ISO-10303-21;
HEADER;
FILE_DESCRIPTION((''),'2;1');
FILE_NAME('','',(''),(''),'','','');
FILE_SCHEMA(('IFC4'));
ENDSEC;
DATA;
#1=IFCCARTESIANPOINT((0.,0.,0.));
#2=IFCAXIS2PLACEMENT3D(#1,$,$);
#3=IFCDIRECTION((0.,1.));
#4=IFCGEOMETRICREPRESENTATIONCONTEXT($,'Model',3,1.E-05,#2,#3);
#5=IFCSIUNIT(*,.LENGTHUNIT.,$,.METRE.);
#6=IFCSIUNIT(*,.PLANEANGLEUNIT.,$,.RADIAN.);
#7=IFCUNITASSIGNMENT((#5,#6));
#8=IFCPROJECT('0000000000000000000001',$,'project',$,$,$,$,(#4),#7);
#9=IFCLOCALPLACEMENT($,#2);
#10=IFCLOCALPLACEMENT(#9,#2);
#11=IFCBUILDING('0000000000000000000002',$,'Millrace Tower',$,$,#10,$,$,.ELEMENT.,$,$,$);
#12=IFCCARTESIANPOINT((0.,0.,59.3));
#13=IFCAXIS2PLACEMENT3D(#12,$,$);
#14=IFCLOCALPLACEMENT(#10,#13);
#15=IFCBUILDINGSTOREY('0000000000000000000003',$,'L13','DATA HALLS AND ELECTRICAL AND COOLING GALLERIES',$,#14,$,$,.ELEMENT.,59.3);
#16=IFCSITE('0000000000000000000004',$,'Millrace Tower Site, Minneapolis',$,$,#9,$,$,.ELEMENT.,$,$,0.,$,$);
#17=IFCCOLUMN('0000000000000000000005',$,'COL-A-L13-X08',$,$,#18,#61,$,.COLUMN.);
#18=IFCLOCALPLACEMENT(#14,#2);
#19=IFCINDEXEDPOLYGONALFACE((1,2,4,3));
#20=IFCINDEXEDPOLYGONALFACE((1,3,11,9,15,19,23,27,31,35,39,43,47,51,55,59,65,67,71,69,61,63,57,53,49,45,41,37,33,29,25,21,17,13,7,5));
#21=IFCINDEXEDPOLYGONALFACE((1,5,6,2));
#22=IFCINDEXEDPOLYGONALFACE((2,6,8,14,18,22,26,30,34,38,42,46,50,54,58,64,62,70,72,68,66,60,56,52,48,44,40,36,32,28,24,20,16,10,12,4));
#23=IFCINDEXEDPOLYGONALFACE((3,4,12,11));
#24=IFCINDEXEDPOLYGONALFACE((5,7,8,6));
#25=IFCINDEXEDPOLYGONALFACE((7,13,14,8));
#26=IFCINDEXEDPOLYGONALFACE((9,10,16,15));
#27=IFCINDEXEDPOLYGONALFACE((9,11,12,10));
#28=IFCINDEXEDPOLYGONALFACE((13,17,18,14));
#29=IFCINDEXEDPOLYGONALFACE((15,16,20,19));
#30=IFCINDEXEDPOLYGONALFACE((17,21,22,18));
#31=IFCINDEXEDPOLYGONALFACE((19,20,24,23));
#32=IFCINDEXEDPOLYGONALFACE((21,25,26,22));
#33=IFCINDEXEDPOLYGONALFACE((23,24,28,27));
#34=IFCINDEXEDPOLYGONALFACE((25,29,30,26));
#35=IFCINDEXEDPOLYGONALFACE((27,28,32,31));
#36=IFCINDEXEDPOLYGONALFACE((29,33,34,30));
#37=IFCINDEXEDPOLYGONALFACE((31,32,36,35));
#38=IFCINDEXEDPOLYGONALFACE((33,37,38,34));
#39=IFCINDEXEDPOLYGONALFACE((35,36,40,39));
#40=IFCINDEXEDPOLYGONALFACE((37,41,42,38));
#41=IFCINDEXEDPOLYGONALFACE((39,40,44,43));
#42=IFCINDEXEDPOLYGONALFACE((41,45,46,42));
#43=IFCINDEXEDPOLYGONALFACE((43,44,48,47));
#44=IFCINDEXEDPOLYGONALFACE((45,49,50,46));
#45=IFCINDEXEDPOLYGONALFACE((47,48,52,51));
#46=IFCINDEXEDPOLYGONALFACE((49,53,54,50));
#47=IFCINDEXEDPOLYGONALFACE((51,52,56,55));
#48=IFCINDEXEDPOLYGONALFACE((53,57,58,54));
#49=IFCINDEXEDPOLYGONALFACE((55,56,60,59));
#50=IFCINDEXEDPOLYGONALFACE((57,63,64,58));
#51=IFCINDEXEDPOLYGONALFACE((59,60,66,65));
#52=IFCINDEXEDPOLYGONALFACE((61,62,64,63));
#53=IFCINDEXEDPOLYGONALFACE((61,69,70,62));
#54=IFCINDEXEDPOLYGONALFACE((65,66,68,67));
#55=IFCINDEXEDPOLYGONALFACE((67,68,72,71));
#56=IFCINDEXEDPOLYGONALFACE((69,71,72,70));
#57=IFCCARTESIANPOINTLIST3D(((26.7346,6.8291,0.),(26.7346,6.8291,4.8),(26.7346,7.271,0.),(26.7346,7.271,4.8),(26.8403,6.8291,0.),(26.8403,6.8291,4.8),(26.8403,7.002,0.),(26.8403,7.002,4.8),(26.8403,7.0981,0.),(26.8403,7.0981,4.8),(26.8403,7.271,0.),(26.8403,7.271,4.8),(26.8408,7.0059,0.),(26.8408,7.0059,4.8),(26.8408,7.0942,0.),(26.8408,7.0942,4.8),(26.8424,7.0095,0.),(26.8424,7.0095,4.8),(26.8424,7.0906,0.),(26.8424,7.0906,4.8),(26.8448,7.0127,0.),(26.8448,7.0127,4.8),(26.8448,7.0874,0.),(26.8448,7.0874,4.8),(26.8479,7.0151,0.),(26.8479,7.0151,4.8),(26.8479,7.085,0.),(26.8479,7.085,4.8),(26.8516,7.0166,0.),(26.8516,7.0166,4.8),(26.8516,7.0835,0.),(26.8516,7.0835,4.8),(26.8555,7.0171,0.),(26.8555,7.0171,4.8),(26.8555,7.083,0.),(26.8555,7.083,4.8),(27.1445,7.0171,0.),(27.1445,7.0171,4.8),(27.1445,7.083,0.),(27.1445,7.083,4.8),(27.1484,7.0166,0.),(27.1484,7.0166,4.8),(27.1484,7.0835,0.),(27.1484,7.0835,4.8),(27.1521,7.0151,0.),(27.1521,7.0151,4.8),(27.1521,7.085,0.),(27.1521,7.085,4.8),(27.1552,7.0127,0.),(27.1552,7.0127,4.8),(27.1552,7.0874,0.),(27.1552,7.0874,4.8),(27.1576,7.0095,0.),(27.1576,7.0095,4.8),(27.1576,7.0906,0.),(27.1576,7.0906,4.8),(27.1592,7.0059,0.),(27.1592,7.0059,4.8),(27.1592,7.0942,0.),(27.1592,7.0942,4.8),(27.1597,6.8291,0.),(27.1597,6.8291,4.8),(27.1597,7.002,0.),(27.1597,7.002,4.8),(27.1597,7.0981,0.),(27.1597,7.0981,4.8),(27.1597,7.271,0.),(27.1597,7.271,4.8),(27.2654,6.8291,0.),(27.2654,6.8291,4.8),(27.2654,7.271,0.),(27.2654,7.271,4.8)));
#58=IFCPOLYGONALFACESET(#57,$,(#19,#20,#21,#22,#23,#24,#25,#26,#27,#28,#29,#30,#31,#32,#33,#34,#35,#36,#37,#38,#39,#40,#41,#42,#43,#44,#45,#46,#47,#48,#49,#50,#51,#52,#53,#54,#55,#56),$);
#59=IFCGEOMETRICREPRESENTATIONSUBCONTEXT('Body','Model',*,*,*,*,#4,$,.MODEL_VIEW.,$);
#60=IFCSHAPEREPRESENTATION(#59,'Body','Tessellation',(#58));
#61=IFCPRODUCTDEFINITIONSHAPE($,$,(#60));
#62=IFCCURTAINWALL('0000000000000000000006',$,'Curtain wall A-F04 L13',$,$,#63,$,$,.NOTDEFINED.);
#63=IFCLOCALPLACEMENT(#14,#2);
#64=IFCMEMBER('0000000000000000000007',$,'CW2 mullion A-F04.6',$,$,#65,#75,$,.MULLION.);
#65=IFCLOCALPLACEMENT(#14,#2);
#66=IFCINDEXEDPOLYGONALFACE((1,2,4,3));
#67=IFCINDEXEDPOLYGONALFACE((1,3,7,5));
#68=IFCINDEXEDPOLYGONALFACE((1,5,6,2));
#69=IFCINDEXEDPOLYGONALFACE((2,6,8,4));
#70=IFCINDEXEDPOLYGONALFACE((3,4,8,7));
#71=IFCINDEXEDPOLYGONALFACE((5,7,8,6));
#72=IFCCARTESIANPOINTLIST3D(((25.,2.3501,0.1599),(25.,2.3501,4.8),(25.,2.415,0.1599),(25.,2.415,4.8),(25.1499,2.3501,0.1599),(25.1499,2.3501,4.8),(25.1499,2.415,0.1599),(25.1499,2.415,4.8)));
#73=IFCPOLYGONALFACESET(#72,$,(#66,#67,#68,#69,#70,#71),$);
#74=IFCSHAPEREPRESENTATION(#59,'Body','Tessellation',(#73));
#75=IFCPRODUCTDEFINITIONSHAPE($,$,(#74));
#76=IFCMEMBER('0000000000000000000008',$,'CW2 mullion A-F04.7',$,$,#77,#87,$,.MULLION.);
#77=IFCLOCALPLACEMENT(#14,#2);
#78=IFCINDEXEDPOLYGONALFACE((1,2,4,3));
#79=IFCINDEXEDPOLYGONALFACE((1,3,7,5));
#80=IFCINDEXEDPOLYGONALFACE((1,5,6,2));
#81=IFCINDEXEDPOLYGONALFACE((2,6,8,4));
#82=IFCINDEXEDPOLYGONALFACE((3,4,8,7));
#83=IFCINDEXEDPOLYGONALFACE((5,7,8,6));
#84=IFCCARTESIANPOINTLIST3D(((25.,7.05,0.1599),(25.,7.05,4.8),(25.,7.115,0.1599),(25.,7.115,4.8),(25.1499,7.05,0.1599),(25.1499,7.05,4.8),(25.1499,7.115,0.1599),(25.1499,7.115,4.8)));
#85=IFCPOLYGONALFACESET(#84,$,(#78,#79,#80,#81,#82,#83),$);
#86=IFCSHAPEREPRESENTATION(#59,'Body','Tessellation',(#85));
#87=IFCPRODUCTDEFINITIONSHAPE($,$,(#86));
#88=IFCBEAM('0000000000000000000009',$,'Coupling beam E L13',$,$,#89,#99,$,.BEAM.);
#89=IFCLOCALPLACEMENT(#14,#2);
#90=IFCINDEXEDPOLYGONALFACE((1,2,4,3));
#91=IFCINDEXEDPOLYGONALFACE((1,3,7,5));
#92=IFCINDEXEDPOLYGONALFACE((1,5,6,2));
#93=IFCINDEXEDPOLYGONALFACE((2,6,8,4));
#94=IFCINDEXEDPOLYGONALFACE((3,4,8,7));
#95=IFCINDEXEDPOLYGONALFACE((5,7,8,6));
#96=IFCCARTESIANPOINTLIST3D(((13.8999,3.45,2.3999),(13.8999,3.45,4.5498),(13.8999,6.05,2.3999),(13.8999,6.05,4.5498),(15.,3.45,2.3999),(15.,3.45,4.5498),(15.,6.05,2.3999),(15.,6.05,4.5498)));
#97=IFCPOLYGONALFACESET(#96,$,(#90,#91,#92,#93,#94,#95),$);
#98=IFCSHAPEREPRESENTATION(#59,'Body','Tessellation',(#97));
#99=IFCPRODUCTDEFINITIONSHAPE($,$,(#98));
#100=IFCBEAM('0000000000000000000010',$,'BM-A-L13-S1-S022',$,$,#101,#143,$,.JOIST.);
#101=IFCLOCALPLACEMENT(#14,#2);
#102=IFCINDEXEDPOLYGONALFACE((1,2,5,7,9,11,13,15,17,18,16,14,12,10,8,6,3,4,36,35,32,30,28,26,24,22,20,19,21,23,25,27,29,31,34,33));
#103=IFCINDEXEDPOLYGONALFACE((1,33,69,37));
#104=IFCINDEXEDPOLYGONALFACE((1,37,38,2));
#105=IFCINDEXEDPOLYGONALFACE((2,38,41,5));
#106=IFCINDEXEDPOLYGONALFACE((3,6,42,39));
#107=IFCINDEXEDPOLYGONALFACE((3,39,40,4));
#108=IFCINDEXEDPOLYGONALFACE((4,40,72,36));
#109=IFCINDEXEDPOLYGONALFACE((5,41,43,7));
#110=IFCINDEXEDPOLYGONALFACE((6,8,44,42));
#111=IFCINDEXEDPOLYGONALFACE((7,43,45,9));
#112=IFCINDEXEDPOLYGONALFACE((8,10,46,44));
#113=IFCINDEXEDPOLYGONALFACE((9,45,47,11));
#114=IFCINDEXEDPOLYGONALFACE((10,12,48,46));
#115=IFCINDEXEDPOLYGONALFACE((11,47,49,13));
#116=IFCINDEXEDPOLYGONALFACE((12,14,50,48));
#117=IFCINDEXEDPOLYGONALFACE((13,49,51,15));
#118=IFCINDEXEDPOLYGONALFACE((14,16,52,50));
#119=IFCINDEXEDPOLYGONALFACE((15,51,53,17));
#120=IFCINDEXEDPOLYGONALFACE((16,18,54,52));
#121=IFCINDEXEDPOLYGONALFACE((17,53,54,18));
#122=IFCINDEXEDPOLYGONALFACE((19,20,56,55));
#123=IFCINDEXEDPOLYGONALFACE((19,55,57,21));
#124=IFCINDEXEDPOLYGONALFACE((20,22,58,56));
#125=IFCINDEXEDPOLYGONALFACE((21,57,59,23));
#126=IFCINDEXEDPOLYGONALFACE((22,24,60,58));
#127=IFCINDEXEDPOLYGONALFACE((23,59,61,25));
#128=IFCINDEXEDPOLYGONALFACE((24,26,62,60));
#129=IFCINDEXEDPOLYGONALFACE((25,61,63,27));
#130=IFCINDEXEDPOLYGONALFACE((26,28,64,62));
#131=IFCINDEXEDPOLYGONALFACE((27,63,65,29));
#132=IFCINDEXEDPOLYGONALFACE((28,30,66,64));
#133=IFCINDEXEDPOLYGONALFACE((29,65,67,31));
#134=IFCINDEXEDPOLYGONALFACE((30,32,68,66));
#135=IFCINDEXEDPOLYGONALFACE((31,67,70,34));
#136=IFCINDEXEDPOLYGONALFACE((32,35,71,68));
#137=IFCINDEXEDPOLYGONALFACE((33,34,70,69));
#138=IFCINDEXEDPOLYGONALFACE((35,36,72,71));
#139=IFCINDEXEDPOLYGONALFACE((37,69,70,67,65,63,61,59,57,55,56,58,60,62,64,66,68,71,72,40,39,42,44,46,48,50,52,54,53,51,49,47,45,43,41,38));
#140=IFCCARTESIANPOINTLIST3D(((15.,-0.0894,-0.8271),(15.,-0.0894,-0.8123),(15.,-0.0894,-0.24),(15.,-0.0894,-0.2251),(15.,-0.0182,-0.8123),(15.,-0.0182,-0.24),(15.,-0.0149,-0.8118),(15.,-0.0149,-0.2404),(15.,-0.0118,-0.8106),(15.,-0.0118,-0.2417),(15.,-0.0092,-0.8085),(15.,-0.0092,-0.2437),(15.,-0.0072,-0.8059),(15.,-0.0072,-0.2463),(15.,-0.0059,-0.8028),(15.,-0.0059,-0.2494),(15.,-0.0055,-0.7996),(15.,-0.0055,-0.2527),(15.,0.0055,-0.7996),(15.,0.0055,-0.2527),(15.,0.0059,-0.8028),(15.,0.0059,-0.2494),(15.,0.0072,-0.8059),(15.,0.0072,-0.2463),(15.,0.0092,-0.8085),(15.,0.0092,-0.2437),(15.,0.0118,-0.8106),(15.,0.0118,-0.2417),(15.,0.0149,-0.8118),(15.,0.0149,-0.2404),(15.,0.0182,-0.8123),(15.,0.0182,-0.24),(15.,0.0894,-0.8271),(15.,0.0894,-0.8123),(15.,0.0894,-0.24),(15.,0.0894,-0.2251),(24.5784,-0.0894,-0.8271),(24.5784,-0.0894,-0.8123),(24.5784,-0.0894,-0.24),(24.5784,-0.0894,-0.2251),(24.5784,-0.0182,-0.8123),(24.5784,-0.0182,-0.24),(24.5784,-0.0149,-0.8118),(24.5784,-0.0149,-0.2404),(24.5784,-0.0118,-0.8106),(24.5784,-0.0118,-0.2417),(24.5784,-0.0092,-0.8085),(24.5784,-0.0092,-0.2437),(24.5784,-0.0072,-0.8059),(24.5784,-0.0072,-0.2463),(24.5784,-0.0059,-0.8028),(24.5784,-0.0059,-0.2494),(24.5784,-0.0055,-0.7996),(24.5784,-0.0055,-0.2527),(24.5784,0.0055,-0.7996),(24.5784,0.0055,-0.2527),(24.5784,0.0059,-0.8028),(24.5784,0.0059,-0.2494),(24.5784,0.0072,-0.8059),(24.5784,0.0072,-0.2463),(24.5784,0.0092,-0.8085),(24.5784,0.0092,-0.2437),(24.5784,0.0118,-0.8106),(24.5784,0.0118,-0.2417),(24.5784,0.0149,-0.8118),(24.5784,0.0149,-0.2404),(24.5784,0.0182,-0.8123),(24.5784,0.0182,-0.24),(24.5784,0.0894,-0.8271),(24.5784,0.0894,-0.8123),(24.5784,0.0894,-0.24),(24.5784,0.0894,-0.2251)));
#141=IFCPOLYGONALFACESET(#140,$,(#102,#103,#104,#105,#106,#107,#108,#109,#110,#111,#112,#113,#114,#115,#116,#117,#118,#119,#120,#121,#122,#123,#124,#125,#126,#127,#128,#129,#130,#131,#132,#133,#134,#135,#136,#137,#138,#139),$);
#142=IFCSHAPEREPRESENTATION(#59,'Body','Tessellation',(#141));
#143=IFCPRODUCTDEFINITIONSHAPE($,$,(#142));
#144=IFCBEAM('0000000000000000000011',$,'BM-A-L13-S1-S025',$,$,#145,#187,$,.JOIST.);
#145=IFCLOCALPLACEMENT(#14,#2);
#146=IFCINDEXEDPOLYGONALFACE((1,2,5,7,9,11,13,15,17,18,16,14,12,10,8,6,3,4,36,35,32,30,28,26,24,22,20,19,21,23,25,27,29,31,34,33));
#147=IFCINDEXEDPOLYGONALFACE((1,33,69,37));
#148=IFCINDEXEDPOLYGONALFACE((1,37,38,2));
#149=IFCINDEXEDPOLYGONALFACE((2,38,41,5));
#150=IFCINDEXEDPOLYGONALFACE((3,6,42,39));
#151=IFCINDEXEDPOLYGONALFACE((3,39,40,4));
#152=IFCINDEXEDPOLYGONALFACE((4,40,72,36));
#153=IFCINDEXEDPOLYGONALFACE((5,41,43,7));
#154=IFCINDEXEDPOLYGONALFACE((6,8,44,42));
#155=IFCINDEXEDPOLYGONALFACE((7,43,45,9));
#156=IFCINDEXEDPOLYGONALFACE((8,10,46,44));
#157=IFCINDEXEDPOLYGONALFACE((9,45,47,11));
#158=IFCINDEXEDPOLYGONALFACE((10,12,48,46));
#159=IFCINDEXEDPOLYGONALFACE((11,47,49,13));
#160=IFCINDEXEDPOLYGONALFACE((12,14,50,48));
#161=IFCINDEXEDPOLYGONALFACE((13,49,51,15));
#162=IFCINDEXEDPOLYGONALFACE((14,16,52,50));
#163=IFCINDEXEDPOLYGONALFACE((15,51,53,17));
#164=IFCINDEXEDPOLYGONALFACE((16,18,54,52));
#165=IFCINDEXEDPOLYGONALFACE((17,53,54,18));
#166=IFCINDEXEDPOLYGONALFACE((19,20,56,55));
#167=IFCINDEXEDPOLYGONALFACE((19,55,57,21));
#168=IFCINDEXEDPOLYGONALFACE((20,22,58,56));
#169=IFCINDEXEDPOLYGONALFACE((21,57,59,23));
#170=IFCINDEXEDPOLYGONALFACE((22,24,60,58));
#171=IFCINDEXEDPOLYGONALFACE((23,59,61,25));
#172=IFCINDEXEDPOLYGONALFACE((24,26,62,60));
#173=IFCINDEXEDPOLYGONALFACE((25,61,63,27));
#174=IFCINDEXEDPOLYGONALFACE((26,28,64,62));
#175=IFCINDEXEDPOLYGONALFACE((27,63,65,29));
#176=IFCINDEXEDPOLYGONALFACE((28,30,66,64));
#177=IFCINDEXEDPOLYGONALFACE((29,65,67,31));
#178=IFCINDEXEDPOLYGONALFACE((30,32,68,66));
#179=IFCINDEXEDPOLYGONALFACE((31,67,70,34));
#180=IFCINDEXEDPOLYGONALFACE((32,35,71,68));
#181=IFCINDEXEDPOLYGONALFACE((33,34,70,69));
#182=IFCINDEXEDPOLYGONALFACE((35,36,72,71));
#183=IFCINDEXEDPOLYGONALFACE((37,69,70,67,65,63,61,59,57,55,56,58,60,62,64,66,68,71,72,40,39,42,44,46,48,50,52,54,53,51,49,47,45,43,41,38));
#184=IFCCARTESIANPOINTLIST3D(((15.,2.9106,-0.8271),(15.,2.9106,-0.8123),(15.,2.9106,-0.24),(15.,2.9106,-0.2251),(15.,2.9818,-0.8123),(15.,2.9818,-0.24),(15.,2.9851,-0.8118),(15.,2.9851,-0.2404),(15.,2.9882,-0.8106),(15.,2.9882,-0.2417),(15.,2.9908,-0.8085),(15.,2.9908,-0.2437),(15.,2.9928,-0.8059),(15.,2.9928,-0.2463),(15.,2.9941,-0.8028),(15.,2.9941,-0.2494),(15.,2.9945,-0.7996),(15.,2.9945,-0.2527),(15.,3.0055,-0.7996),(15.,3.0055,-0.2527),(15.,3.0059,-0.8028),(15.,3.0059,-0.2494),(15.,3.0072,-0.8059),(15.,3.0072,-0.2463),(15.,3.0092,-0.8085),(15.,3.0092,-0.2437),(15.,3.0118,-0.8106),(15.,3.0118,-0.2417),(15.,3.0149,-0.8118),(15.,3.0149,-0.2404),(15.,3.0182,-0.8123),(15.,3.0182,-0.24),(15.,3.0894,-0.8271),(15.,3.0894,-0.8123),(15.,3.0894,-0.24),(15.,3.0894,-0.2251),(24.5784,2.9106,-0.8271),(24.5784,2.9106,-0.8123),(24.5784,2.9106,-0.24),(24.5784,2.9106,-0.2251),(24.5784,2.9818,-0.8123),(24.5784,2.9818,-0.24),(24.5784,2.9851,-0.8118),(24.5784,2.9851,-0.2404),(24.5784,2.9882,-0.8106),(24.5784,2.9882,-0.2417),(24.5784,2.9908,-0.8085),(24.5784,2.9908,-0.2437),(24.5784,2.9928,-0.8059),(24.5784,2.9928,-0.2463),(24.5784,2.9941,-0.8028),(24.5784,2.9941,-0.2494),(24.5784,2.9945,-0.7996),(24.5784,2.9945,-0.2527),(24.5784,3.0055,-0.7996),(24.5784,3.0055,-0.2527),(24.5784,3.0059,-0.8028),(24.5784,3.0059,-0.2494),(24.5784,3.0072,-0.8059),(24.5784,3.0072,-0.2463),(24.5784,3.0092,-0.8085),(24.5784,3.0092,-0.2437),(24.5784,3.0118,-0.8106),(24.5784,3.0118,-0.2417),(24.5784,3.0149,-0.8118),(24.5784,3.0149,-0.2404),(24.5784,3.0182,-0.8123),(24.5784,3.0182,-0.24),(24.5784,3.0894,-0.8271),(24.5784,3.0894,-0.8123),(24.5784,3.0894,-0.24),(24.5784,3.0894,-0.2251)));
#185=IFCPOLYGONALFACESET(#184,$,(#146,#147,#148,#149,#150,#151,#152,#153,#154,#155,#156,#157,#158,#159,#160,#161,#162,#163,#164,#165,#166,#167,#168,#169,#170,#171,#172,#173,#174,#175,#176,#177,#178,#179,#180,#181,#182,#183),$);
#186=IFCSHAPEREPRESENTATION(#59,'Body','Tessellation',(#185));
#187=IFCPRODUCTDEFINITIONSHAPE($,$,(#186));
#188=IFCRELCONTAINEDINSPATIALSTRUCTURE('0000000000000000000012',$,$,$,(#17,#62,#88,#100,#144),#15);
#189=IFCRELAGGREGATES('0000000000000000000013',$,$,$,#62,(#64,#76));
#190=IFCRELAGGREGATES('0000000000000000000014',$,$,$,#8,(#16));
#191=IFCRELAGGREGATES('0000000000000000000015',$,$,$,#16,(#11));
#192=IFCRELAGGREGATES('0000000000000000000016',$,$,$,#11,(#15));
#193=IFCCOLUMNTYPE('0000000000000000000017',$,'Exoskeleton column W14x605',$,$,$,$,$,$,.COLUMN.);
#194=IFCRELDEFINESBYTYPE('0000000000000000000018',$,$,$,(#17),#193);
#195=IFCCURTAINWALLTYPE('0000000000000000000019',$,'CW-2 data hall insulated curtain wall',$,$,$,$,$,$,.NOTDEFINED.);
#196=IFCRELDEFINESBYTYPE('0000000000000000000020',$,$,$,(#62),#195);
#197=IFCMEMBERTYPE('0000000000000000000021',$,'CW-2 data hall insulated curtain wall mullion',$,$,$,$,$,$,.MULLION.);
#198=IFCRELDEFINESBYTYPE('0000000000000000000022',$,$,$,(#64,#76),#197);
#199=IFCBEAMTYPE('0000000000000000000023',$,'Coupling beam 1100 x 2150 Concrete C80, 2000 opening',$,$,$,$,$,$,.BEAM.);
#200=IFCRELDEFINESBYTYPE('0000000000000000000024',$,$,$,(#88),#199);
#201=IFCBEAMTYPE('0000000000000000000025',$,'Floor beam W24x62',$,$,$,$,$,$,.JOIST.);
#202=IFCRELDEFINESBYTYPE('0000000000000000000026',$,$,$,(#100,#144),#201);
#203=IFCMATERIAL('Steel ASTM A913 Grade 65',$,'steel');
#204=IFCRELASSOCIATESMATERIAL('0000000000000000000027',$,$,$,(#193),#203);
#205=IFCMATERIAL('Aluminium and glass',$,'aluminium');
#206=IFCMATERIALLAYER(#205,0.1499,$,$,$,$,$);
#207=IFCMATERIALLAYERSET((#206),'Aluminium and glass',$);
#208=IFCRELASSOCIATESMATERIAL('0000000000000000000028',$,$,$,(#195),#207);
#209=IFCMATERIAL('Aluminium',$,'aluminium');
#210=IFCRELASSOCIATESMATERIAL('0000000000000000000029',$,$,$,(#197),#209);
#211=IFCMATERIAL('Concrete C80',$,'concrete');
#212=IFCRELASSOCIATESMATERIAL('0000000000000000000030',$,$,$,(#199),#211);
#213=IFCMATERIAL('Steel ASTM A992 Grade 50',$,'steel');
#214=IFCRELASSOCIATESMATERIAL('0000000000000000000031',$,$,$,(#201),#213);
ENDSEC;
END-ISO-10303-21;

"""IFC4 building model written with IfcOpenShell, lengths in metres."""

from ifc_helpers import new_model, si_unit, direction, frame, origin, origin_2d, place, context, subcontext, project, spatial, rectangle, i_section, extrude, material, layer, layer_set, material_profile, profile_set, type_object, element, aggregate, save


model = new_model("IFC4")

# Units and contexts
model_context = context("Model", 3, precision=1e-05, world=origin(), true_north=direction((0.0, 1.0)))
body_context = subcontext(model_context, "Body", "Model", "MODEL_VIEW")
ifc_project = project(units=[si_unit("LENGTHUNIT", "METRE"), si_unit("PLANEANGLEUNIT", "RADIAN")], contexts=[model_context])

# Site, building, storey
site_placement = place(None, origin())
site = spatial("IfcSite", under=ifc_project, at=site_placement, Name="Millrace Tower Site, Minneapolis", CompositionType="ELEMENT", RefElevation=0.0)
building_placement = place(site_placement, origin())
building = spatial("IfcBuilding", under=site, at=building_placement, Name="Millrace Tower", CompositionType="ELEMENT")
storey_placement = place(building_placement, frame((0.0, 0.0, 59.3)))
storey = spatial("IfcBuildingStorey", under=building, at=storey_placement, Name="L13", Description="DATA HALLS AND ELECTRICAL AND COOLING GALLERIES", CompositionType="ELEMENT", Elevation=59.3)

# Column
ifc_material_1 = material(Name="Steel ASTM A913 Grade 65", Category="steel")
ifc_material_profile_1 = material_profile(ifc_material_1, i_section(OverallWidth=0.4419, OverallDepth=0.5308, WebThickness=0.0659, FlangeThickness=0.1057, FilletRadius=0.0151, at=origin_2d()))
ifc_profile_set_1 = profile_set([ifc_material_profile_1], Name="Steel ASTM A913 Grade 65")
column_type = type_object("IfcColumnType", Name="Exoskeleton column W14x605", PredefinedType="COLUMN", material=ifc_profile_set_1)
column_placement = place(storey_placement, frame((27.0, 7.05, 0.0), z_axis=(0.0, 0.0, 1.0), x_axis=(0.0, 1.0, 0.0)))
element("IfcColumn", 1, at=column_placement, inside=storey, type_object=column_type, Name="COL-A-L13-X08", PredefinedType="COLUMN", context=body_context, shape_type="SweptSolid", body=[
    extrude(i_section(OverallWidth=0.4419, OverallDepth=0.5308, WebThickness=0.0659, FlangeThickness=0.1057, FilletRadius=0.0151, at=origin_2d()), origin(), (0.0, 0.0, 1.0), 4.8),
])

# Curtain wall, members
ifc_material_2 = material(Name="Aluminium and glass", Category="aluminium")
ifc_layer_1 = layer(ifc_material_2, 0.1499)
ifc_layer_set_1 = layer_set([ifc_layer_1], Name="Aluminium and glass")
curtain_wall_type = type_object("IfcCurtainWallType", Name="CW-2 data hall insulated curtain wall", PredefinedType="NOTDEFINED", material=ifc_layer_set_1)
curtain_wall_placement = place(storey_placement, origin())
curtain_wall = element("IfcCurtainWall", 2, at=curtain_wall_placement, inside=storey, type_object=curtain_wall_type, Name="Curtain wall A-F04 L13", PredefinedType="NOTDEFINED")
ifc_material_3 = material(Name="Aluminium", Category="aluminium")
ifc_material_profile_2 = material_profile(ifc_material_3, rectangle(XDim=0.0649, YDim=0.1499, at=origin_2d()))
ifc_profile_set_2 = profile_set([ifc_material_profile_2], Name="Aluminium")
member_type = type_object("IfcMemberType", Name="CW-2 data hall insulated curtain wall mullion", PredefinedType="MULLION", material=ifc_profile_set_2)
member_1_placement = place(storey_placement, frame((25.075, 2.3826, 0.1599), z_axis=(0.0, 0.0, 1.0), x_axis=(0.0, 1.0, 0.0)))
member_1 = element("IfcMember", 3, at=member_1_placement, type_object=member_type, Name="CW2 mullion A-F04.6", PredefinedType="MULLION", context=body_context, shape_type="SweptSolid", body=[
    extrude(rectangle(XDim=0.0649, YDim=0.1499, at=origin_2d()), origin(), (0.0, 0.0, 1.0), 4.6401),
])
member_2_placement = place(storey_placement, frame((25.075, 7.0825, 0.1599), z_axis=(0.0, 0.0, 1.0), x_axis=(0.0, 1.0, 0.0)))
member_2 = element("IfcMember", 4, at=member_2_placement, type_object=member_type, Name="CW2 mullion A-F04.7", PredefinedType="MULLION", context=body_context, shape_type="SweptSolid", body=[
    extrude(rectangle(XDim=0.0649, YDim=0.1499, at=origin_2d()), origin(), (0.0, 0.0, 1.0), 4.6401),
])
aggregate(curtain_wall, [member_1, member_2])

# Beams
ifc_material_4 = material(Name="Concrete C80", Category="concrete")
ifc_material_profile_3 = material_profile(ifc_material_4, rectangle(XDim=1.1001, YDim=2.1499, at=origin_2d()))
ifc_profile_set_3 = profile_set([ifc_material_profile_3], Name="Concrete C80")
beam_type_1 = type_object("IfcBeamType", Name="Coupling beam 1100 x 2150 Concrete C80, 2000 opening", PredefinedType="BEAM", material=ifc_profile_set_3)
beam_1_placement = place(storey_placement, frame((14.45, 6.05, 3.4749), z_axis=(0.0, -1.0, 0.0), x_axis=(1.0, 0.0, 0.0)))
element("IfcBeam", 5, at=beam_1_placement, inside=storey, type_object=beam_type_1, Name="Coupling beam E L13", PredefinedType="BEAM", context=body_context, shape_type="SweptSolid", body=[
    extrude(rectangle(XDim=1.1001, YDim=2.1499, at=origin_2d()), origin(), (0.0, 0.0, 1.0), 2.6001),
])
ifc_material_5 = material(Name="Steel ASTM A992 Grade 50", Category="steel")
ifc_material_profile_4 = material_profile(ifc_material_5, i_section(OverallWidth=0.1787, OverallDepth=0.6021, WebThickness=0.011, FlangeThickness=0.0149, FilletRadius=0.0127, at=origin_2d()))
ifc_profile_set_4 = profile_set([ifc_material_profile_4], Name="Steel ASTM A992 Grade 50")
beam_type_2 = type_object("IfcBeamType", Name="Floor beam W24x62", PredefinedType="JOIST", material=ifc_profile_set_4)
for number, where, z_axis, x_axis, name in (
    (6, (15.0, 0.0, -0.5261), (1.0, 0.0, 0.0), (0.0, 1.0, 0.0), "BM-A-L13-S1-S022"),
    (7, (15.0, 3.0, -0.5261), (1.0, 0.0, 0.0), (0.0, 1.0, 0.0), "BM-A-L13-S1-S025"),
):
    element("IfcBeam", number, at=place(storey_placement, frame(where, z_axis=z_axis, x_axis=x_axis)), inside=storey, type_object=beam_type_2, Name=name, PredefinedType="JOIST", context=body_context, shape_type="SweptSolid", body=[
        extrude(i_section(OverallWidth=0.1787, OverallDepth=0.6021, WebThickness=0.011, FlangeThickness=0.0149, FilletRadius=0.0127, at=origin_2d()), origin(), (0.0, 0.0, 1.0), 9.5784),
    ])

save(model, "model.ifc")
